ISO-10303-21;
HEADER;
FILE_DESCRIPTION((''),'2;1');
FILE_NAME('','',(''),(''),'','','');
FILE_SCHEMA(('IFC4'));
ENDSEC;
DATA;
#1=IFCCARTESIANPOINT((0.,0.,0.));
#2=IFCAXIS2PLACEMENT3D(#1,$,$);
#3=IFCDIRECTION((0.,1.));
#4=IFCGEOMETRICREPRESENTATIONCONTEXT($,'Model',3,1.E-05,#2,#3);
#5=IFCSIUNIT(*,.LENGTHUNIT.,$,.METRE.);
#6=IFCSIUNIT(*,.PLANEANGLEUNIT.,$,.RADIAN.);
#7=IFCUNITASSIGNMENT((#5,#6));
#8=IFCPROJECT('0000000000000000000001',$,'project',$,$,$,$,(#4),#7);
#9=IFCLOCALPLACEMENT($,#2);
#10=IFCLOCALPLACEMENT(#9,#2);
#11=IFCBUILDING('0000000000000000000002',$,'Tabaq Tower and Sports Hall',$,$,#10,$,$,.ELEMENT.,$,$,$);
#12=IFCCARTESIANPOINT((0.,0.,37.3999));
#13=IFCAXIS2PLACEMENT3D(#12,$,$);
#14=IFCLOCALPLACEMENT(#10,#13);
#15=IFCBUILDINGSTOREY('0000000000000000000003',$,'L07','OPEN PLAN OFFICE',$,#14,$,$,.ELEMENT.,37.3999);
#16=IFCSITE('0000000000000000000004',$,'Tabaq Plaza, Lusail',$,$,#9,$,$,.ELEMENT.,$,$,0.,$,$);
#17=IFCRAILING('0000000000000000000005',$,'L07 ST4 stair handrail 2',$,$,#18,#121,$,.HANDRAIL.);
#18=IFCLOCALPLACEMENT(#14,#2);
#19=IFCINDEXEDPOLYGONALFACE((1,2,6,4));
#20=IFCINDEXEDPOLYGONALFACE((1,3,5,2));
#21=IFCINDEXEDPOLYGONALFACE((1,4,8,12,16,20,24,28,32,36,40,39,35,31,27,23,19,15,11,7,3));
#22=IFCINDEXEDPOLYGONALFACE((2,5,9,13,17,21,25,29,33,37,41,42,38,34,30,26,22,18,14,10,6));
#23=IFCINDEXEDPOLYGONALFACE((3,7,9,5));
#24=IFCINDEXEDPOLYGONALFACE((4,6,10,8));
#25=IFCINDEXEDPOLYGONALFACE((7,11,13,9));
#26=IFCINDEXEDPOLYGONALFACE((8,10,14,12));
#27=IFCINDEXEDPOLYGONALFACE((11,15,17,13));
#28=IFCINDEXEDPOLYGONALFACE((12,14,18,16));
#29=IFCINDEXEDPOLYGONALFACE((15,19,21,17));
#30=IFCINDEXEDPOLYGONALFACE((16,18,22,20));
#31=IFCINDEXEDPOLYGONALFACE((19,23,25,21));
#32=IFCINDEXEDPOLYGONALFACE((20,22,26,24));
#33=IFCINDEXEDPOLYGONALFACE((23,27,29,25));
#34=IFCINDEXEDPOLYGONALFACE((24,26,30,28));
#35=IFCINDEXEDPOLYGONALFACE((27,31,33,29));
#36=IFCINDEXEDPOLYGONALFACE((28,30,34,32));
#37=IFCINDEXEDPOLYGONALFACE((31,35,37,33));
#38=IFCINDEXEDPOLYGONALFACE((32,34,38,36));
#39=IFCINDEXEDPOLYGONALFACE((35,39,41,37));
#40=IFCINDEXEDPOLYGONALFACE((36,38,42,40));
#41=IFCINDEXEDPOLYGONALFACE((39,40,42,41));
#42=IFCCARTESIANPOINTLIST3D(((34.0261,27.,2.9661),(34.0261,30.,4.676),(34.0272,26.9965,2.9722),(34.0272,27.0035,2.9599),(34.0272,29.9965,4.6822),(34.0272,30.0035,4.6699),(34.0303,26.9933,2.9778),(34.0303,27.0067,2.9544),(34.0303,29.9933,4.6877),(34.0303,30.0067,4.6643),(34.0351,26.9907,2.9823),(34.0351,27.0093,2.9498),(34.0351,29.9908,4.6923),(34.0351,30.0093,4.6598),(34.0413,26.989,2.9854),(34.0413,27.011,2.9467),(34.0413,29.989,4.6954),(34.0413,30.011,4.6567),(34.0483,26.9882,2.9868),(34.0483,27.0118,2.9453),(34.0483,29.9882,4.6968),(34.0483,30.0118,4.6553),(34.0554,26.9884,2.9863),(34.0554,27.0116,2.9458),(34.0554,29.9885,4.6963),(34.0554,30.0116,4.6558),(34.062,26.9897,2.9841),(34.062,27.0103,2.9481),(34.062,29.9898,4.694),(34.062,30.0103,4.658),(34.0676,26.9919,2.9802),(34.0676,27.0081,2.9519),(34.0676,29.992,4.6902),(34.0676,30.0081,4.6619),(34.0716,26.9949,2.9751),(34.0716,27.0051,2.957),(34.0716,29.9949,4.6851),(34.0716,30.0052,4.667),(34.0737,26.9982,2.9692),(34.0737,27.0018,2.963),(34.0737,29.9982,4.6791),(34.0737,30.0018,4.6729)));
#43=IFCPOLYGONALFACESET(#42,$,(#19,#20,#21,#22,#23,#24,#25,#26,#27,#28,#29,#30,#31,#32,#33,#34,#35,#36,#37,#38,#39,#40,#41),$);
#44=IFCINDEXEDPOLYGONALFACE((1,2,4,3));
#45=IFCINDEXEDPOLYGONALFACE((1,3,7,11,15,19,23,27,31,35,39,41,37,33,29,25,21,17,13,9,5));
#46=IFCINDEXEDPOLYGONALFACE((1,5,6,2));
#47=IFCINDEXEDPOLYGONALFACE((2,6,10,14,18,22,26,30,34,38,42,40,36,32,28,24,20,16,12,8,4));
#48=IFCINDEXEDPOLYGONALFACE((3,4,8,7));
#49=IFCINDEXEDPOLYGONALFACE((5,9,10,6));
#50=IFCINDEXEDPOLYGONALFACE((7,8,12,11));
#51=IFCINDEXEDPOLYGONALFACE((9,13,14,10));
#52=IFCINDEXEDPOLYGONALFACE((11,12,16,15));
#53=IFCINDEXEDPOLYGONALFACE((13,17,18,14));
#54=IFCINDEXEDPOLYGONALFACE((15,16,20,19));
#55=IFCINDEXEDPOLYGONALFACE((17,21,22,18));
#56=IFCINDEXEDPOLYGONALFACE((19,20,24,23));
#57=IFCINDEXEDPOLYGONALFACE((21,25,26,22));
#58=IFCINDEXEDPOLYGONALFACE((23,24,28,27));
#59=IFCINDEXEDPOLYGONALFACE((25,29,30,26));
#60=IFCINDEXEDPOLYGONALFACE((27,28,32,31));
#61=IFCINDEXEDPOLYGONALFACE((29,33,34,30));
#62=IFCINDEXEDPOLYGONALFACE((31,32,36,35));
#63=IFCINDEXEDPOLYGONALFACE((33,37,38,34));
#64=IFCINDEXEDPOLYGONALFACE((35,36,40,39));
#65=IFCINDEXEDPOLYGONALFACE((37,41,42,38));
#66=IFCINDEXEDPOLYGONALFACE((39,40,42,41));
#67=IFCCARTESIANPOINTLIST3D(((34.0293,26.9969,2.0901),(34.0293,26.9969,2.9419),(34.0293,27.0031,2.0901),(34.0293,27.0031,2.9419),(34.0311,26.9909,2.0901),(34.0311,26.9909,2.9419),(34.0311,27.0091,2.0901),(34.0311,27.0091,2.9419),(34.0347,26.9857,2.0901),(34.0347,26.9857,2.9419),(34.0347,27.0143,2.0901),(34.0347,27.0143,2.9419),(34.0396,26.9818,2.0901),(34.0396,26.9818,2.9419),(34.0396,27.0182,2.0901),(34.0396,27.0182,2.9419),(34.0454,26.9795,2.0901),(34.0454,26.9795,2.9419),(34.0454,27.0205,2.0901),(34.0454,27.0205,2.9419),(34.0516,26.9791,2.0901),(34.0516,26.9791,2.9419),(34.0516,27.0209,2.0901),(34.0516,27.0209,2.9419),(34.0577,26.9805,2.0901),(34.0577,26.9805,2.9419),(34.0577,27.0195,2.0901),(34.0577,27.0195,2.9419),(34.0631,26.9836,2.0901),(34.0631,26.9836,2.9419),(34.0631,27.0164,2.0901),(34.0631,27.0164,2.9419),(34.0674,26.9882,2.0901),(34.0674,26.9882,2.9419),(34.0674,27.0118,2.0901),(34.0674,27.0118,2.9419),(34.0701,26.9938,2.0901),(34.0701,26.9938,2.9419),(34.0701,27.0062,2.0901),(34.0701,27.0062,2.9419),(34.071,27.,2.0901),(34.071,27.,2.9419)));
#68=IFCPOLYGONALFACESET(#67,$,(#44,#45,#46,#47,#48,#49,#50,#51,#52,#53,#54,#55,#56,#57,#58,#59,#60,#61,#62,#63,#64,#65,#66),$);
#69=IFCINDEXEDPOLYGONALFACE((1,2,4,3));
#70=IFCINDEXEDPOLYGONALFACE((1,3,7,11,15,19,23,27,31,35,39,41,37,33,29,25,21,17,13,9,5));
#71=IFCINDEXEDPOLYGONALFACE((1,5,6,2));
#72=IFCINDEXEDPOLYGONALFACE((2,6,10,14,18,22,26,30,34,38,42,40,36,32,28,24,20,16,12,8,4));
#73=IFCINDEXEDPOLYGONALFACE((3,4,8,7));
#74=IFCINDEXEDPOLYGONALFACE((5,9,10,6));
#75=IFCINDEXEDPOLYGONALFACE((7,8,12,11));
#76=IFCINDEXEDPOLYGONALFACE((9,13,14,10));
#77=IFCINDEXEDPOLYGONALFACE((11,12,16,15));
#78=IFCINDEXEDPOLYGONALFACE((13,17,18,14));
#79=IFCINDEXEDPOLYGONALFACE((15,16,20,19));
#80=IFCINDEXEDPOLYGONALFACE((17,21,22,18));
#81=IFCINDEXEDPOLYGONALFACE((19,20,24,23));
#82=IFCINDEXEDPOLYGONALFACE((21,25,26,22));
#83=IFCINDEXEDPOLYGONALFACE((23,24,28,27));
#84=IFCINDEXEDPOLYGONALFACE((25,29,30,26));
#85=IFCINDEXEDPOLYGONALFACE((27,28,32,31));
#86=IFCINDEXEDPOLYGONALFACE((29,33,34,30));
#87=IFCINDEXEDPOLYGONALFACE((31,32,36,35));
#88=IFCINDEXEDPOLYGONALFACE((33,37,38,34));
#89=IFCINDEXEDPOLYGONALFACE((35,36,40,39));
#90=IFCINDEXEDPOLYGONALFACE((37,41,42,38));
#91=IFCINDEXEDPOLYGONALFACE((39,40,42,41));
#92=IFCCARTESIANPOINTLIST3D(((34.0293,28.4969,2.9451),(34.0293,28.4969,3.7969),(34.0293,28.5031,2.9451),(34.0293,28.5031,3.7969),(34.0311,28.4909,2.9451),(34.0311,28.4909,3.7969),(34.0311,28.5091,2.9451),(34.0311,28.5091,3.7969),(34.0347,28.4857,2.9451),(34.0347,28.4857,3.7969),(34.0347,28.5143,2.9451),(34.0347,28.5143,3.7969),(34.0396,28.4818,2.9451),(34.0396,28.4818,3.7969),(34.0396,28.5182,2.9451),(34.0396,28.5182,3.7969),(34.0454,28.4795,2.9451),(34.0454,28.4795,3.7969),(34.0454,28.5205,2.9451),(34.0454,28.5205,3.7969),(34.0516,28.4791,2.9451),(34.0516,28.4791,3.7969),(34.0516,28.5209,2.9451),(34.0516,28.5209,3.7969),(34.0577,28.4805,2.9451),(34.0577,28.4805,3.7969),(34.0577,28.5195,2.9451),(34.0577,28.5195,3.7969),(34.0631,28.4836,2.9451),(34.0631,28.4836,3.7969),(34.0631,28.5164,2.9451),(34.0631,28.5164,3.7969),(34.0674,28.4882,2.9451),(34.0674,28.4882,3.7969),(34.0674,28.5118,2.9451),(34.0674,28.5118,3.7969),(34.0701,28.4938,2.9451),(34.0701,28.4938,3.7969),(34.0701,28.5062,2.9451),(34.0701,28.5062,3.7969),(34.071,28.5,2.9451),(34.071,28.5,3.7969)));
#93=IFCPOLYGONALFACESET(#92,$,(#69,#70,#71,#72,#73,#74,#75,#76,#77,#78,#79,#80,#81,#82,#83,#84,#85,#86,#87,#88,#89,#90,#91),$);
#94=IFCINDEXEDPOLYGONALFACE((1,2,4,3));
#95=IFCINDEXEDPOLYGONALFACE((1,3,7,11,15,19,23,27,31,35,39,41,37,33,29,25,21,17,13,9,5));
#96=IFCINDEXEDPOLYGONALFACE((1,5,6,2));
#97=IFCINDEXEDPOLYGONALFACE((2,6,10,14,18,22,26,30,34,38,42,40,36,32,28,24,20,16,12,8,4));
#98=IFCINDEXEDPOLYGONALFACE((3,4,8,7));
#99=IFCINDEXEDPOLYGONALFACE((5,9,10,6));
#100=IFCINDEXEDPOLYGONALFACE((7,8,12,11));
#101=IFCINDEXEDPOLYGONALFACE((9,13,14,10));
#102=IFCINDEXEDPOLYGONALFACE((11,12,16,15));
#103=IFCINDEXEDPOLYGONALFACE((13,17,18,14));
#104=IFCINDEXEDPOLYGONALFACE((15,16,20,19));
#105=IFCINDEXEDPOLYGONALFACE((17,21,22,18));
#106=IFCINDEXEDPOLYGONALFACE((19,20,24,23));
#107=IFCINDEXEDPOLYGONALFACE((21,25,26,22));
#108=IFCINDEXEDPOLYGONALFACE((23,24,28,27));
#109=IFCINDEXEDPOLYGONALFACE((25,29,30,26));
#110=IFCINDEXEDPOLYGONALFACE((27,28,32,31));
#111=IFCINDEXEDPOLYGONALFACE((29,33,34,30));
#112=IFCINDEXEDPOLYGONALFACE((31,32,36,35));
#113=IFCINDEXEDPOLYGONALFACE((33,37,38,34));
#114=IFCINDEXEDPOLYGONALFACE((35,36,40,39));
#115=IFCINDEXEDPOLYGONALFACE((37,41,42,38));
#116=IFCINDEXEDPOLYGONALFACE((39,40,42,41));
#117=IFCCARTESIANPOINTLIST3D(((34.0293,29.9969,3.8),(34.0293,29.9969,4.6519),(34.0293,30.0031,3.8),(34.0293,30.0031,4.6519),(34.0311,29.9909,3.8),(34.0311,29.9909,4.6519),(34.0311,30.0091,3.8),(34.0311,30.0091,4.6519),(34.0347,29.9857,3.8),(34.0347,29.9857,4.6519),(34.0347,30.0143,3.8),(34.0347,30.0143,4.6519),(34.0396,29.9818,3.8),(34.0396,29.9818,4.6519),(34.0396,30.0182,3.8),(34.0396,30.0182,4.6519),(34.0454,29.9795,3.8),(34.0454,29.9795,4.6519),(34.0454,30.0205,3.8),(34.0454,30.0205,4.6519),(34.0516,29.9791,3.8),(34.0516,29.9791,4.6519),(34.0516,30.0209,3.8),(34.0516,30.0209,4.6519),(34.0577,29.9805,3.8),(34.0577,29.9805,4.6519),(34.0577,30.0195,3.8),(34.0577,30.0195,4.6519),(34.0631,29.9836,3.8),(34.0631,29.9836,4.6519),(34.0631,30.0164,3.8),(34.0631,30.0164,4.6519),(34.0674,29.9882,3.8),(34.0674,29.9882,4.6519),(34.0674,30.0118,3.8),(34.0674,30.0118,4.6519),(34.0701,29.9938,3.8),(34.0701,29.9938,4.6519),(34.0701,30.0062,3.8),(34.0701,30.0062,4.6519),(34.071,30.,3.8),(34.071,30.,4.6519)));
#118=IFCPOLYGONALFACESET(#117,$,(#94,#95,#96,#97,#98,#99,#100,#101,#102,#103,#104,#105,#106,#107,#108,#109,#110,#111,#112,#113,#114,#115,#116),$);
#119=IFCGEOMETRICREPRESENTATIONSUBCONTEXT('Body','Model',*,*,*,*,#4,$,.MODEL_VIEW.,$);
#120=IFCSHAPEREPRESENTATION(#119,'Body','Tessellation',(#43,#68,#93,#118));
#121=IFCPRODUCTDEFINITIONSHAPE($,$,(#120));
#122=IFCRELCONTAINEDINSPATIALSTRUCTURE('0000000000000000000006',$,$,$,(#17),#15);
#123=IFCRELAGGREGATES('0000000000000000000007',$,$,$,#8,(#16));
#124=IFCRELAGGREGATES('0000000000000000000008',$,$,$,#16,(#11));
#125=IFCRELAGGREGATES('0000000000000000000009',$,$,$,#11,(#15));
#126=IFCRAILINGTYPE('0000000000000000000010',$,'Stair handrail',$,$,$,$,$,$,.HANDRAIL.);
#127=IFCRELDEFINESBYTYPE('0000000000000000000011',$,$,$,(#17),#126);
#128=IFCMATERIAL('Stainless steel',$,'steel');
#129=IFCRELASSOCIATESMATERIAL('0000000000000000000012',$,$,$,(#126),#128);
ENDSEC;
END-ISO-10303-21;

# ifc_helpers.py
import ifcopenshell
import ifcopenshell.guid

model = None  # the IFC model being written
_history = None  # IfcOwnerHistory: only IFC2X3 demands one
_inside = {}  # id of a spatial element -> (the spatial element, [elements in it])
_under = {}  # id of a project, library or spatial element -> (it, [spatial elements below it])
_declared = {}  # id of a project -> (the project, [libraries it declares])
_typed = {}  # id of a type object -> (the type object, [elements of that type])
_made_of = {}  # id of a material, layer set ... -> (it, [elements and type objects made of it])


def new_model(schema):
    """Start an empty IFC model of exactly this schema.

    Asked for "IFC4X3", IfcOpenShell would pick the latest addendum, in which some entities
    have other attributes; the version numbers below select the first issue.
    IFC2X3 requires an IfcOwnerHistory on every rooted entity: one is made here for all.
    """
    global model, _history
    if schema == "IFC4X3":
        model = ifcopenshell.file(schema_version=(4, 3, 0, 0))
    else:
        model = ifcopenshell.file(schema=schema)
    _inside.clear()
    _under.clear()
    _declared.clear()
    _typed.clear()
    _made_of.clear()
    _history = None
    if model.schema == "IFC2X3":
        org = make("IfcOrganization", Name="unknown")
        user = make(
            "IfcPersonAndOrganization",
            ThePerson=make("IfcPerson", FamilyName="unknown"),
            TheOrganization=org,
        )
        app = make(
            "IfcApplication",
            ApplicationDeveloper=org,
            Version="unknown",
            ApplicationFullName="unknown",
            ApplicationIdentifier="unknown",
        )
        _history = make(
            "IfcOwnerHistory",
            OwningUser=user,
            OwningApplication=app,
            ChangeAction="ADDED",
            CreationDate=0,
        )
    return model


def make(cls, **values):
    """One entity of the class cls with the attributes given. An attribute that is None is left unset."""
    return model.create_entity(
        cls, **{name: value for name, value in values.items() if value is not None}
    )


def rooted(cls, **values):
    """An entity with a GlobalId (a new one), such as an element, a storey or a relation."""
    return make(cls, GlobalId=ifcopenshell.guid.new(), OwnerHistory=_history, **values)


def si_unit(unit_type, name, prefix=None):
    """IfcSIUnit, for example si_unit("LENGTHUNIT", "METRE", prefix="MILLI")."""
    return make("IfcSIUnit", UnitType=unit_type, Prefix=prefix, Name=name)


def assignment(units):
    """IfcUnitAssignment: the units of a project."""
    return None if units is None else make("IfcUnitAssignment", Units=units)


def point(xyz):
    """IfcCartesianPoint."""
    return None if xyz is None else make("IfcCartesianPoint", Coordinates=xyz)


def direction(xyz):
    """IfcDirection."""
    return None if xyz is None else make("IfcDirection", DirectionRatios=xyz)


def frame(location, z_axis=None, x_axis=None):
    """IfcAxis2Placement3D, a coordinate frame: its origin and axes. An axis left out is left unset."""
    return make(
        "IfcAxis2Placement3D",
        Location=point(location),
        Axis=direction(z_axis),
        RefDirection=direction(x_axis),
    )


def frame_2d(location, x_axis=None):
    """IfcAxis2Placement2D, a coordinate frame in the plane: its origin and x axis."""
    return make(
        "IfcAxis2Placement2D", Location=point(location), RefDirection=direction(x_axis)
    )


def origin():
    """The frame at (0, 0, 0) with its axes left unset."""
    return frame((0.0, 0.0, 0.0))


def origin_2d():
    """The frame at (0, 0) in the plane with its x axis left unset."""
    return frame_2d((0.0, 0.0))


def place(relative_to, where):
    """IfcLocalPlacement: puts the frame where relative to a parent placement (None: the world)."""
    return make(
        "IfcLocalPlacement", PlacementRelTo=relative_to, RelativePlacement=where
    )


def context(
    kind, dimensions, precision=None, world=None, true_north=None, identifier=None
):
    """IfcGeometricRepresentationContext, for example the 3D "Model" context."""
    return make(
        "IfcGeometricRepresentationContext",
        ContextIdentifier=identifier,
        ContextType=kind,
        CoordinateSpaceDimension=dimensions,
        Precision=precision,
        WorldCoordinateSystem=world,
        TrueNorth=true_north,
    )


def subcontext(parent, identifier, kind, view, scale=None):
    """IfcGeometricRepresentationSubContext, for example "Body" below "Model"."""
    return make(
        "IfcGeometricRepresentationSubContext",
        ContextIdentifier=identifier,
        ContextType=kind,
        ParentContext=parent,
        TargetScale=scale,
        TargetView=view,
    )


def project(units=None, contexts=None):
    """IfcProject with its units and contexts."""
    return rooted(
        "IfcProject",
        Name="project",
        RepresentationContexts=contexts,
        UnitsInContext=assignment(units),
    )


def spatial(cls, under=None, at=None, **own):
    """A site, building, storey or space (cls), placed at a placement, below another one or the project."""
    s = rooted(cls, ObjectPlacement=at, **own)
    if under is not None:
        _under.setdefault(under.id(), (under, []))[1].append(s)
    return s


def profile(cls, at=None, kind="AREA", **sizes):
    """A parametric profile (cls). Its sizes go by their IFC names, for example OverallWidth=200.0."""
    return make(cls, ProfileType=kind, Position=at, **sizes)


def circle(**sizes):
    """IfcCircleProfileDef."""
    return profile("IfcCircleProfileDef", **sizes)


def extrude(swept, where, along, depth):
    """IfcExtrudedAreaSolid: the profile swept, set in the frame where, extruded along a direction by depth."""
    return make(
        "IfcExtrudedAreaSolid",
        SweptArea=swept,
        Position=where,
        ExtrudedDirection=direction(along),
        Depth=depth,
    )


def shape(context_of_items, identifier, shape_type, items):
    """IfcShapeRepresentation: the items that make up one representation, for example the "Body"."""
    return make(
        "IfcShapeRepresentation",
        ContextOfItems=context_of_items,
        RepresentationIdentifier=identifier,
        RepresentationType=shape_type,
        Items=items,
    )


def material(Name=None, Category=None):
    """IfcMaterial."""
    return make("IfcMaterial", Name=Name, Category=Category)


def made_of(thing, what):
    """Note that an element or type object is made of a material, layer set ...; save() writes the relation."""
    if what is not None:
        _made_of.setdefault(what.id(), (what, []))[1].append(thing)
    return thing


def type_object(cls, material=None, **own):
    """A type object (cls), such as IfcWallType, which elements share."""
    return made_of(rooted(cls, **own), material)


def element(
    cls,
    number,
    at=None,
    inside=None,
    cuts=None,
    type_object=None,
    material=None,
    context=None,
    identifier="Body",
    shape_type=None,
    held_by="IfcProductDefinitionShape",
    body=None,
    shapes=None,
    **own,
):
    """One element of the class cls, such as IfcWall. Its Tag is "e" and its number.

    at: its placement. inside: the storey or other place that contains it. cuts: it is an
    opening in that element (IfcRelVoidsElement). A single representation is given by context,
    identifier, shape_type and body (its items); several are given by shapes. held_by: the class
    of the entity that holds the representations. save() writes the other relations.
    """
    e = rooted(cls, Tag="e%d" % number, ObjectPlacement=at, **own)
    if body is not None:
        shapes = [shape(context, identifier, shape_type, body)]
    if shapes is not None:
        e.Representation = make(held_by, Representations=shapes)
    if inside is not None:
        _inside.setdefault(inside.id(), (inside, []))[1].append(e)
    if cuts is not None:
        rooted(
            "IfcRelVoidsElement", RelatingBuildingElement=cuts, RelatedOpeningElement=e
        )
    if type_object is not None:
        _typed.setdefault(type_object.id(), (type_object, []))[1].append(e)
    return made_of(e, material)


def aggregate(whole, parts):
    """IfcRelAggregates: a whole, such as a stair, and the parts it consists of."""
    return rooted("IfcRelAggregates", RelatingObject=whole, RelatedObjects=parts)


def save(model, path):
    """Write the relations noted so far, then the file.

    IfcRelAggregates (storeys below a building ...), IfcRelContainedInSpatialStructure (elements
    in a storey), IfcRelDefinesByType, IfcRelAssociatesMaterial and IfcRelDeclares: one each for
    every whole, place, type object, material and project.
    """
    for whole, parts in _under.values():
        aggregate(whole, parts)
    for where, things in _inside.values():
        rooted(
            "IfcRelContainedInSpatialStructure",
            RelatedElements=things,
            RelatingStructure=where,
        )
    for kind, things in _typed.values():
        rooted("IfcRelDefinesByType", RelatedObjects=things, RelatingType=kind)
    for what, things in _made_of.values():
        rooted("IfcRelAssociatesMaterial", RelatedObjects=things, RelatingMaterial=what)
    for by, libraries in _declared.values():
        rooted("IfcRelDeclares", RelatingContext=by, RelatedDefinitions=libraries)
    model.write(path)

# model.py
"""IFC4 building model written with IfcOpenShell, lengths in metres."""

from ifc_helpers import new_model, si_unit, direction, frame, origin, origin_2d, place, context, subcontext, project, spatial, circle, extrude, material, type_object, element, save


model = new_model("IFC4")

# Units and contexts
model_context = context("Model", 3, precision=1e-05, world=origin(), true_north=direction((0.0, 1.0)))
body_context = subcontext(model_context, "Body", "Model", "MODEL_VIEW")
ifc_project = project(units=[si_unit("LENGTHUNIT", "METRE"), si_unit("PLANEANGLEUNIT", "RADIAN")], contexts=[model_context])

# Site, building, storey
site_placement = place(None, origin())
site = spatial("IfcSite", under=ifc_project, at=site_placement, Name="Tabaq Plaza, Lusail", CompositionType="ELEMENT", RefElevation=0.0)
building_placement = place(site_placement, origin())
building = spatial("IfcBuilding", under=site, at=building_placement, Name="Tabaq Tower and Sports Hall", CompositionType="ELEMENT")
storey_placement = place(building_placement, frame((0.0, 0.0, 37.3999)))
storey = spatial("IfcBuildingStorey", under=building, at=storey_placement, Name="L07", Description="OPEN PLAN OFFICE", CompositionType="ELEMENT", Elevation=37.3999)

# Railing
ifc_material_1 = material(Name="Stainless steel", Category="steel")
railing_type_1 = type_object("IfcRailingType", Name="Stair handrail", PredefinedType="HANDRAIL", material=ifc_material_1)
railing_1_placement = place(storey_placement, frame((34.05, 27.0, 2.0901)))
element("IfcRailing", 1, at=railing_1_placement, inside=storey, type_object=railing_type_1, Name="L07 ST4 stair handrail 2", PredefinedType="HANDRAIL", context=body_context, shape_type="SweptSolid", body=[
    extrude(circle(Radius=0.0239, at=origin_2d()), frame((0.0, 0.0, 0.876), z_axis=(0.0, 0.868782, 0.495195), x_axis=(-1.0, 0.0, 0.0)), (0.0, 0.0, 1.0), 3.4531),
    extrude(circle(Radius=0.021, at=origin_2d()), origin(), (0.0, 0.0, 1.0), 0.8518),
    extrude(circle(Radius=0.021, at=origin_2d()), frame((0.0, 1.5, 0.855)), (0.0, 0.0, 1.0), 0.8518),
    extrude(circle(Radius=0.021, at=origin_2d()), frame((0.0, 3.0, 1.71)), (0.0, 0.0, 1.0), 0.8518),
])

save(model, "model.ifc")
